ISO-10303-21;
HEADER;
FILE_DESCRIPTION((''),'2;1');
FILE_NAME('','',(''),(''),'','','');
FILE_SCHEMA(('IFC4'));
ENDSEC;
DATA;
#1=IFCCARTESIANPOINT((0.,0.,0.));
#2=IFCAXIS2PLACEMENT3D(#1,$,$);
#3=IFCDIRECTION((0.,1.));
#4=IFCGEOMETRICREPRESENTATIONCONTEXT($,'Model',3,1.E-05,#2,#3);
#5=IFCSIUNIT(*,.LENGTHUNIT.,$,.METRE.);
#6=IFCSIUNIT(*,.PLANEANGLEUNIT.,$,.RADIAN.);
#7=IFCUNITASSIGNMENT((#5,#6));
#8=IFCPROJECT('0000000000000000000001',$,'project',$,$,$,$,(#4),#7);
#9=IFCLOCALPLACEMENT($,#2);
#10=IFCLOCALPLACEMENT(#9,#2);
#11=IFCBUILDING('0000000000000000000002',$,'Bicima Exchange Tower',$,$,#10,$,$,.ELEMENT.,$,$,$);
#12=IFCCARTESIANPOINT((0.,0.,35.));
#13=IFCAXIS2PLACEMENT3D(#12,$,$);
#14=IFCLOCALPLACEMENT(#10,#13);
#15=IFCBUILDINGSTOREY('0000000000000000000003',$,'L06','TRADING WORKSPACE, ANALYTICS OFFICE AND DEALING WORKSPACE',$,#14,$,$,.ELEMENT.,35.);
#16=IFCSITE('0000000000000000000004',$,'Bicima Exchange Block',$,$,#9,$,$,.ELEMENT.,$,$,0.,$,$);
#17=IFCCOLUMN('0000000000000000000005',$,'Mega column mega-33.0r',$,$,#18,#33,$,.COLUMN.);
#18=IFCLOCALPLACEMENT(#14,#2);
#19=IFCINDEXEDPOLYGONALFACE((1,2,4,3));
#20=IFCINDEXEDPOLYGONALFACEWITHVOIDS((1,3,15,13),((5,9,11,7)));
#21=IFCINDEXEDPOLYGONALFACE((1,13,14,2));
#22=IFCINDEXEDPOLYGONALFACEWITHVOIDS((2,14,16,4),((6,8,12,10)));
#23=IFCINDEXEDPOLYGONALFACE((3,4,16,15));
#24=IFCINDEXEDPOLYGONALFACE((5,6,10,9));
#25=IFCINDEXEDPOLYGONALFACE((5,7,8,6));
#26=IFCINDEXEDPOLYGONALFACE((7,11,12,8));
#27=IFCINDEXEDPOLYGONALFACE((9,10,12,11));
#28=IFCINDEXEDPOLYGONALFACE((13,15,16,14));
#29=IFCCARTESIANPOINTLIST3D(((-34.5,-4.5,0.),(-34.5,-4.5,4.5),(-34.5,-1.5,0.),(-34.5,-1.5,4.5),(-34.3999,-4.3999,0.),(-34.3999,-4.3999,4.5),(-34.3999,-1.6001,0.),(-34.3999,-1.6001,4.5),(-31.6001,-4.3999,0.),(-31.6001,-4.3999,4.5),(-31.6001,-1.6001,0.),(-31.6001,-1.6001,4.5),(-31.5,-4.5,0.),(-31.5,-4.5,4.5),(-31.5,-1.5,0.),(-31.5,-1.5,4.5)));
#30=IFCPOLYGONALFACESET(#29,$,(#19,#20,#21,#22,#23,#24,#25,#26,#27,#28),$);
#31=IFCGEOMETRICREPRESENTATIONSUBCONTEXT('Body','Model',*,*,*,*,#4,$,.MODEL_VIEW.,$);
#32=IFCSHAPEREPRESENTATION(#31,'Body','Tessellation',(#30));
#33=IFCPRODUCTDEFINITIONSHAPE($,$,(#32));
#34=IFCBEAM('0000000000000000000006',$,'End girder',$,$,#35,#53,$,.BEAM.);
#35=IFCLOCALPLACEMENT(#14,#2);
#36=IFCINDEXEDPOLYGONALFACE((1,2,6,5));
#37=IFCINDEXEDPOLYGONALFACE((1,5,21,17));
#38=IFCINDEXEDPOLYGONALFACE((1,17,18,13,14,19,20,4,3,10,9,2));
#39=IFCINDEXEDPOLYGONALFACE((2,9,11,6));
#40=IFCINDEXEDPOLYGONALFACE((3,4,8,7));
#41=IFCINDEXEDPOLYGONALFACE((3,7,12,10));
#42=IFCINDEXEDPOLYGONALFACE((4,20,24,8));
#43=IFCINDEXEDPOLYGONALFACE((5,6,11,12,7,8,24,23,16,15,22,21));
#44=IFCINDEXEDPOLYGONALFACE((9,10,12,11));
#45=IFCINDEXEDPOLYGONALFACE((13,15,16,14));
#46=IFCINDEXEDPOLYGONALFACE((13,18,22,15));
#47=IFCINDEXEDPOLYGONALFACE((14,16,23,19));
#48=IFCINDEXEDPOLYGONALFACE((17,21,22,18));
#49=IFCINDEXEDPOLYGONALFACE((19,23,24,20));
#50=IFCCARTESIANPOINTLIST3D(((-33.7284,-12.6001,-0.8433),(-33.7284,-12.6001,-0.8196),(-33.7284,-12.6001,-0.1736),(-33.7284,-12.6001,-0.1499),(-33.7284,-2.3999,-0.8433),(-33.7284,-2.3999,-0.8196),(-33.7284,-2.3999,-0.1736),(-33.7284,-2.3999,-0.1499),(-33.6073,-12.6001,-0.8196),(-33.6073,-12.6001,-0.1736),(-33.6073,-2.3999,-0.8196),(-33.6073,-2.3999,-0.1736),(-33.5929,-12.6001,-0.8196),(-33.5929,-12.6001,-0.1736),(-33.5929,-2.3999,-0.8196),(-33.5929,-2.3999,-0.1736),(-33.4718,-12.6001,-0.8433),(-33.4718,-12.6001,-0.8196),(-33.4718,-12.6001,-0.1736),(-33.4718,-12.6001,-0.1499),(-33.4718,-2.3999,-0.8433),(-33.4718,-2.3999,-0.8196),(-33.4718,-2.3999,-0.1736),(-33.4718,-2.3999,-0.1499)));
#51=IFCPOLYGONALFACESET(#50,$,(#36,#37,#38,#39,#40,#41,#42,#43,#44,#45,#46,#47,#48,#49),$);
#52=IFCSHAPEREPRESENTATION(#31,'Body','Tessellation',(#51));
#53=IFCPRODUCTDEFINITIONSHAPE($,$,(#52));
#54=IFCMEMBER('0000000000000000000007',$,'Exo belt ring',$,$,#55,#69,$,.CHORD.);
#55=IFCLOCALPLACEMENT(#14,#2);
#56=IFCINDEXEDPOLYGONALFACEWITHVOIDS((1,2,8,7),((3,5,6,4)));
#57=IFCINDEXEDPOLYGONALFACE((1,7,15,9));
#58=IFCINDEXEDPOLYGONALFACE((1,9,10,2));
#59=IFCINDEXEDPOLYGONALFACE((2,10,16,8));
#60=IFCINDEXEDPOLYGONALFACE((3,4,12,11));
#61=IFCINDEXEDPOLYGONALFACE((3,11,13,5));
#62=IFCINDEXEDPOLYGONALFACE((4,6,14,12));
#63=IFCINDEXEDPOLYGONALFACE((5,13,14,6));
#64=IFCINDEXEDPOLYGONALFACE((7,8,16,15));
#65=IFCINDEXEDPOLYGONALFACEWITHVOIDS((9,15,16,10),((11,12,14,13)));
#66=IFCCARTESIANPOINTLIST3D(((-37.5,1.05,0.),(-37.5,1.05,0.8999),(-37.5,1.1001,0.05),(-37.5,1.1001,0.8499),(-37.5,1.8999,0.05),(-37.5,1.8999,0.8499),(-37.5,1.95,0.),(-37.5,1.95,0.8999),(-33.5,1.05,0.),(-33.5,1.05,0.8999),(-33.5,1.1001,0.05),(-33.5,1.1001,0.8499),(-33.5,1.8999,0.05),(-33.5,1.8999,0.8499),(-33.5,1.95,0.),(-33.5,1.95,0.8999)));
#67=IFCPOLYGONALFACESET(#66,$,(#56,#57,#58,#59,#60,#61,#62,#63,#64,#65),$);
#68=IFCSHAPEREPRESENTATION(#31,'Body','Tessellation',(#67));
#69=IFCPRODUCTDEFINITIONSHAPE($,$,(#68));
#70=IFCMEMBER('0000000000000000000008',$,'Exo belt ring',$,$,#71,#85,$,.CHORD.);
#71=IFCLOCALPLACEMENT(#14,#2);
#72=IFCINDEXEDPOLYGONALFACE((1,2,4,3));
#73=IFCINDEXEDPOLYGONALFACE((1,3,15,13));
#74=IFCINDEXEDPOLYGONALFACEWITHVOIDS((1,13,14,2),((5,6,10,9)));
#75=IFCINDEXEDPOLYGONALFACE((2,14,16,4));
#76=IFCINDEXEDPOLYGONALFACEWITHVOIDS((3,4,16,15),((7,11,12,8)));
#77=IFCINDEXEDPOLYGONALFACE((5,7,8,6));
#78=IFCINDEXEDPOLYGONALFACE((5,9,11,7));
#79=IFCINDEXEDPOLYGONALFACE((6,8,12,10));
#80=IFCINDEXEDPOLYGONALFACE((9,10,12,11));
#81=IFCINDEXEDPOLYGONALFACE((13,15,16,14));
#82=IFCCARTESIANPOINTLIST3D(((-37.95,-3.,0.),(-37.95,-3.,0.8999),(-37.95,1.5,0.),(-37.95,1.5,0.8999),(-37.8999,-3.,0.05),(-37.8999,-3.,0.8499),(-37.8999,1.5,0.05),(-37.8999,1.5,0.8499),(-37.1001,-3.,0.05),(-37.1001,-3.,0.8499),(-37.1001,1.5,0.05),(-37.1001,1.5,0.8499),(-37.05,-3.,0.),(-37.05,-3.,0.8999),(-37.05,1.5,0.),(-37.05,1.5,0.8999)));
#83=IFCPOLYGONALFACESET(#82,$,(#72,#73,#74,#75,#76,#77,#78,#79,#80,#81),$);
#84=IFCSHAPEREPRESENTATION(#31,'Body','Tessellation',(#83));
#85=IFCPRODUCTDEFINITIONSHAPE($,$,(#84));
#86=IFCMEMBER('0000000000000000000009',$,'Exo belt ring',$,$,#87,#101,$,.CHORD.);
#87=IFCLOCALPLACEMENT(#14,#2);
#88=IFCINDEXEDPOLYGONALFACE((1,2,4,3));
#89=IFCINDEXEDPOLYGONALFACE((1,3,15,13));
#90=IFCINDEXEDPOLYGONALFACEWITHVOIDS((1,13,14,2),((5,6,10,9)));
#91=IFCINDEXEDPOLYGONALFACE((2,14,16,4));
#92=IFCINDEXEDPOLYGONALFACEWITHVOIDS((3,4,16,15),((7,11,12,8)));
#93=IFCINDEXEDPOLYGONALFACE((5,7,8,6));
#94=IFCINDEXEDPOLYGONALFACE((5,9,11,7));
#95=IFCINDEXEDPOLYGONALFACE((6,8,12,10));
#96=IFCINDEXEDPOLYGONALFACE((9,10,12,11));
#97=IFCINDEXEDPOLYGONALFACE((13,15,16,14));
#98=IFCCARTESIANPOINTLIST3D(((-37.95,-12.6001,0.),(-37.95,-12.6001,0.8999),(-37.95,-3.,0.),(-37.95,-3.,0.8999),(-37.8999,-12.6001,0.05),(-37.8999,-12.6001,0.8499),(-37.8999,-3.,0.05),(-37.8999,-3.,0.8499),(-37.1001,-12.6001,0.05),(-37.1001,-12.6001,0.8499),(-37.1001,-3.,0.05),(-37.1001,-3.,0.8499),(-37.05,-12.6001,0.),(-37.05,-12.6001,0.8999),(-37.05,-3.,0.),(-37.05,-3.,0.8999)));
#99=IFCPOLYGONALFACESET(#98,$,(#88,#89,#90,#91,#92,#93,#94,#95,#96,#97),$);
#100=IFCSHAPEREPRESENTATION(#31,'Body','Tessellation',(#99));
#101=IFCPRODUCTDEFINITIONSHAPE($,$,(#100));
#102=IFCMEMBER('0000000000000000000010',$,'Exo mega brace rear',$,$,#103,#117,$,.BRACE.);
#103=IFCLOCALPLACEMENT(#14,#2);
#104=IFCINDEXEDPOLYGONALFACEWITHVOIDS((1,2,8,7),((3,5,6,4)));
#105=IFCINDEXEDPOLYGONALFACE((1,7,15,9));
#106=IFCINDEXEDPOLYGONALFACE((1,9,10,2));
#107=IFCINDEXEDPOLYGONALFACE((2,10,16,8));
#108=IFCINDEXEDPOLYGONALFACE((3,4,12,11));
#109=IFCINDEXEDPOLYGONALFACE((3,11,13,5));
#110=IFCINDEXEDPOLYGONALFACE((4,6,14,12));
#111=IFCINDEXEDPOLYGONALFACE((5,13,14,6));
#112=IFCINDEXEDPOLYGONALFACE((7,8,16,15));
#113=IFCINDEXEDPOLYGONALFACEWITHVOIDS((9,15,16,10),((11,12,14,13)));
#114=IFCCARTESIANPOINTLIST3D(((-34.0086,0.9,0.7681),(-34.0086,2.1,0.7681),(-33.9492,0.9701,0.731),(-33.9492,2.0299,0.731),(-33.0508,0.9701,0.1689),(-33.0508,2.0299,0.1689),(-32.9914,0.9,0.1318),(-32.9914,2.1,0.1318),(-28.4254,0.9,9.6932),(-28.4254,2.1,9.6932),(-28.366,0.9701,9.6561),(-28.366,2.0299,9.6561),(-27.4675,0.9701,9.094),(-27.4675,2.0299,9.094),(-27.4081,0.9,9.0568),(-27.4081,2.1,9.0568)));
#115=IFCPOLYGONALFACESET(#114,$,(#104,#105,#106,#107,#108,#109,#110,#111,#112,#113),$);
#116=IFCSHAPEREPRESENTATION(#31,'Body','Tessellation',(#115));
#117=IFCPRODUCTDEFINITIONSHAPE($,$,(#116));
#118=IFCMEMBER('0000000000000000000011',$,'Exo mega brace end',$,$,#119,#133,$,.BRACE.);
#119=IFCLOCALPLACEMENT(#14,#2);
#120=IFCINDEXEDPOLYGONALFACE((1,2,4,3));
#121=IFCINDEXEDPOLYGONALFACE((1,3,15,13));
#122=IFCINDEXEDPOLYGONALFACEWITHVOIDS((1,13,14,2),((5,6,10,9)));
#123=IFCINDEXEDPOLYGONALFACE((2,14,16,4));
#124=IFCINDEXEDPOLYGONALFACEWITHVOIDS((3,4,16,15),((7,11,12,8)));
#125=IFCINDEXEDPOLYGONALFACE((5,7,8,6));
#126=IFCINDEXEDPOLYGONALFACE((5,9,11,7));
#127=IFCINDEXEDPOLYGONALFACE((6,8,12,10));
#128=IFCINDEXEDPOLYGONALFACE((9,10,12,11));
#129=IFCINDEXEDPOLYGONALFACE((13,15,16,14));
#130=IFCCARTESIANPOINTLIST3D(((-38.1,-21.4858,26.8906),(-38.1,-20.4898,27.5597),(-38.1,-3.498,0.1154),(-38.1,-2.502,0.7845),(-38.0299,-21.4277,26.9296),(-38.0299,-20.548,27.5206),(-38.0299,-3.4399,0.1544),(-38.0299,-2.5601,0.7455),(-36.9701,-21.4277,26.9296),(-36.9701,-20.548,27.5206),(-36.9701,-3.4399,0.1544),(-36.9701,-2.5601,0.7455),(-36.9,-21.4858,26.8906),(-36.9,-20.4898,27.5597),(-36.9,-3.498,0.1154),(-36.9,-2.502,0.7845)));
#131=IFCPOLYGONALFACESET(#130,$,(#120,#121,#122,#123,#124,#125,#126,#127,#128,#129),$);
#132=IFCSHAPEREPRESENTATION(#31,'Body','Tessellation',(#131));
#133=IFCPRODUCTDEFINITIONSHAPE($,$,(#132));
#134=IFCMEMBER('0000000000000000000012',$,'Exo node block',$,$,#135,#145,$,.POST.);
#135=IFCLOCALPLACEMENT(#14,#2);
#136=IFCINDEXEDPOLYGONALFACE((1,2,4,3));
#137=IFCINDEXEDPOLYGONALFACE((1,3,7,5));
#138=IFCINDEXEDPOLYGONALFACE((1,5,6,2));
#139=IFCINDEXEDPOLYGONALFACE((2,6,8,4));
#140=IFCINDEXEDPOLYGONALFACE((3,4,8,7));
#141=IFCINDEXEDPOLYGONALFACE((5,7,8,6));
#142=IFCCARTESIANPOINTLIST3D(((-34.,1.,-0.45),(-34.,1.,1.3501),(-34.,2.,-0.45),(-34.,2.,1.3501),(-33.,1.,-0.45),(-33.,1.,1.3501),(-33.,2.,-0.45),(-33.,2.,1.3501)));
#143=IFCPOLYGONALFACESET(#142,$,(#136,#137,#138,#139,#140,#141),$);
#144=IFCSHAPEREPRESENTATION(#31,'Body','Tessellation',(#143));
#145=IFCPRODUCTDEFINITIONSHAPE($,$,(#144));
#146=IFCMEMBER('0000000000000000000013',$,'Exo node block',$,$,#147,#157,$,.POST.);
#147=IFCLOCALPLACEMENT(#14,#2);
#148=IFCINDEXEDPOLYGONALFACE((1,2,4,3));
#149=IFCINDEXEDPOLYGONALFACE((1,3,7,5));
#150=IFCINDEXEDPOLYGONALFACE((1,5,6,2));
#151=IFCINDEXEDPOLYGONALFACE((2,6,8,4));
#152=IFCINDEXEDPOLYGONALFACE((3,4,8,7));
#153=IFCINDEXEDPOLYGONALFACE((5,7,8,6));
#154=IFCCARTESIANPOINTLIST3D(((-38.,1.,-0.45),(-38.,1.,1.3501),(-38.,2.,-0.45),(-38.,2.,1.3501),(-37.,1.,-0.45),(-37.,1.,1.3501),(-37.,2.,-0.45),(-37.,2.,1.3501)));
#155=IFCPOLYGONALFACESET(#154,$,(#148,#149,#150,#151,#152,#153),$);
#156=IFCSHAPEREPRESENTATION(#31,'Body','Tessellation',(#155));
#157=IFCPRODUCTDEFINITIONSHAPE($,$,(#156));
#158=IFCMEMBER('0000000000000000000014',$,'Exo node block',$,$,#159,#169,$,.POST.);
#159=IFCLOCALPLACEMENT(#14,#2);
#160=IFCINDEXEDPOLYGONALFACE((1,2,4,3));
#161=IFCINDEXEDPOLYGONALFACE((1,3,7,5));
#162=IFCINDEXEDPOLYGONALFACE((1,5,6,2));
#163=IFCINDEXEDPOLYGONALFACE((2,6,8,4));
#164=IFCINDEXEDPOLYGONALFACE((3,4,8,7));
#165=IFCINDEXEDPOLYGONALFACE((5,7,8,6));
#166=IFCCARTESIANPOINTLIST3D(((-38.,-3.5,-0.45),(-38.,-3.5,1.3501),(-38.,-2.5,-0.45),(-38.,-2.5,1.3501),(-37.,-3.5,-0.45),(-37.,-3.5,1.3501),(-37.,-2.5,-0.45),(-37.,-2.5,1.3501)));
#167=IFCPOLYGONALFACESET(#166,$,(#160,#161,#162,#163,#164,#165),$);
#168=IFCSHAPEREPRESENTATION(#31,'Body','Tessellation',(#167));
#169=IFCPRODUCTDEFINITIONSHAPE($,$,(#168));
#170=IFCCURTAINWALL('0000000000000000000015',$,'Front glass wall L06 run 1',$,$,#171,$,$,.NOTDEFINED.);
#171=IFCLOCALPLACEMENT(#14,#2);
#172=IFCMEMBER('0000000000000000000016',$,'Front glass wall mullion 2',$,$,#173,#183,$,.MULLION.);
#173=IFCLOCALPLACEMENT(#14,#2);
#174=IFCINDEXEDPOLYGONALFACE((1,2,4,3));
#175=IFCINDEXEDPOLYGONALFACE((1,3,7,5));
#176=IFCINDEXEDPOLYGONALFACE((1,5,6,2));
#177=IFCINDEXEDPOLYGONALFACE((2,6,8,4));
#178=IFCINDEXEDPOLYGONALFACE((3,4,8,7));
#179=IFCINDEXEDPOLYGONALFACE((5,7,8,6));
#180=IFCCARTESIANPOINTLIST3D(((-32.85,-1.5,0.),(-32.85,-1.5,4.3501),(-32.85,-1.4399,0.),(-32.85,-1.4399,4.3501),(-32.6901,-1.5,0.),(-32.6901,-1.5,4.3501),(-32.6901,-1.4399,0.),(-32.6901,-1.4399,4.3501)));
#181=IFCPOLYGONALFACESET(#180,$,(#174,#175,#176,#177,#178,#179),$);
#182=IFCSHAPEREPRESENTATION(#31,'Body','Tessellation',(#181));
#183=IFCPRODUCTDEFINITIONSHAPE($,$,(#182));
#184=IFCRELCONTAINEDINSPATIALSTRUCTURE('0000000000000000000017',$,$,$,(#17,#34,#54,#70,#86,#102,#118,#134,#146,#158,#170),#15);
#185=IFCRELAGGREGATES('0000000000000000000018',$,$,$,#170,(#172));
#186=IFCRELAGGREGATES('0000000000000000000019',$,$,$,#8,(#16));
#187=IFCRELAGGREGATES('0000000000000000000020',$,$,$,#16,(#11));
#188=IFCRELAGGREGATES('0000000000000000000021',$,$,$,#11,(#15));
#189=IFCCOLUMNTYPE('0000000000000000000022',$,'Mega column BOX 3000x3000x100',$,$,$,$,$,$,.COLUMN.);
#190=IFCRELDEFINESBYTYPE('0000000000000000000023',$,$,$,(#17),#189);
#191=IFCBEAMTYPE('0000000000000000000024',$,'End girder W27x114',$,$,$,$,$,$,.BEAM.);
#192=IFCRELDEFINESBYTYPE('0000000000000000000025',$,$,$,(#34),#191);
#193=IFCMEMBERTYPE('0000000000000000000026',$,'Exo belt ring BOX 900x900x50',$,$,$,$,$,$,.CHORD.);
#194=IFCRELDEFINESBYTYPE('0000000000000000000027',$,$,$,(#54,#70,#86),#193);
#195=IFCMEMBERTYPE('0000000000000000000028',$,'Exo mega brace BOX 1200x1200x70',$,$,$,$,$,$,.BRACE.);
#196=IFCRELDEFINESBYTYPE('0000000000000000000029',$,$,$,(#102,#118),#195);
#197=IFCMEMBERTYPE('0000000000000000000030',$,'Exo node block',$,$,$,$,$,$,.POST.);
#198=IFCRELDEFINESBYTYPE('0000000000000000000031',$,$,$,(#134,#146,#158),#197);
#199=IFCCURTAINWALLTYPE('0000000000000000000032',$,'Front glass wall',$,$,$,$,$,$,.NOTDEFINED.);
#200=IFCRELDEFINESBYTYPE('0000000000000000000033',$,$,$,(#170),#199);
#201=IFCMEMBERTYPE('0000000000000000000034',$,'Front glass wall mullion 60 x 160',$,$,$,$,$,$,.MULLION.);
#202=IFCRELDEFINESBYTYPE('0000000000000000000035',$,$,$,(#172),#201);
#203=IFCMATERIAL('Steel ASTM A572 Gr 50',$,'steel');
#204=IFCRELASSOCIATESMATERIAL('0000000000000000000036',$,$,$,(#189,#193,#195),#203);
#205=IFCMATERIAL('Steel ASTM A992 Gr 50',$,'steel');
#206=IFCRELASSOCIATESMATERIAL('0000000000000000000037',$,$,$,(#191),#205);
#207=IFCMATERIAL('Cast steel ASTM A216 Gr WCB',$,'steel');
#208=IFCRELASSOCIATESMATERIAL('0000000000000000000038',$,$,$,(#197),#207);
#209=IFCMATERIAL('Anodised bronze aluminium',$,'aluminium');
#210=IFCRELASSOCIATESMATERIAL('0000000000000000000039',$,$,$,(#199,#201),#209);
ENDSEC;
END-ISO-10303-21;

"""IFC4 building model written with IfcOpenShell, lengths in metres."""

from ifc_helpers import new_model, si_unit, direction, frame, origin, origin_2d, place, context, subcontext, project, spatial, rectangle, hollow_rectangle, i_section, extrude, material, material_profile, profile_set, type_object, element, aggregate, save


model = new_model("IFC4")

# Units and contexts
model_context = context("Model", 3, precision=1e-05, world=origin(), true_north=direction((0.0, 1.0)))
body_context = subcontext(model_context, "Body", "Model", "MODEL_VIEW")
ifc_project = project(units=[si_unit("LENGTHUNIT", "METRE"), si_unit("PLANEANGLEUNIT", "RADIAN")], contexts=[model_context])

# Site, building, storey
site_placement = place(None, origin())
site = spatial("IfcSite", under=ifc_project, at=site_placement, Name="Bicima Exchange Block", CompositionType="ELEMENT", RefElevation=0.0)
building_placement = place(site_placement, origin())
building = spatial("IfcBuilding", under=site, at=building_placement, Name="Bicima Exchange Tower", CompositionType="ELEMENT")
storey_placement = place(building_placement, frame((0.0, 0.0, 35.0)))
storey = spatial("IfcBuildingStorey", under=building, at=storey_placement, Name="L06", Description="TRADING WORKSPACE, ANALYTICS OFFICE AND DEALING WORKSPACE", CompositionType="ELEMENT", Elevation=35.0)

# Column
ifc_material_1 = material(Name="Steel ASTM A572 Gr 50", Category="steel")
ifc_material_profile_1 = material_profile(ifc_material_1, hollow_rectangle(XDim=3.0, YDim=3.0, WallThickness=0.1001, at=origin_2d()))
ifc_profile_set_1 = profile_set([ifc_material_profile_1], Name="Steel ASTM A572 Gr 50")
column_type = type_object("IfcColumnType", Name="Mega column BOX 3000x3000x100", PredefinedType="COLUMN", material=ifc_profile_set_1)
column_placement = place(storey_placement, frame((-33.0, -3.0, 0.0), z_axis=(0.0, 0.0, 1.0), x_axis=(1.0, 0.0, 0.0)))
element("IfcColumn", 1, at=column_placement, inside=storey, type_object=column_type, Name="Mega column mega-33.0r", PredefinedType="COLUMN", context=body_context, shape_type="SweptSolid", body=[
    extrude(hollow_rectangle(XDim=3.0, YDim=3.0, WallThickness=0.1001, at=origin_2d()), origin(), (0.0, 0.0, 1.0), 4.5),
])

# Beam
ifc_material_2 = material(Name="Steel ASTM A992 Gr 50", Category="steel")
ifc_material_profile_2 = material_profile(ifc_material_2, i_section(OverallWidth=0.2566, OverallDepth=0.6934, WebThickness=0.0144, FlangeThickness=0.0237, at=origin_2d()))
ifc_profile_set_2 = profile_set([ifc_material_profile_2], Name="Steel ASTM A992 Gr 50")
beam_type = type_object("IfcBeamType", Name="End girder W27x114", PredefinedType="BEAM", material=ifc_profile_set_2)
beam_placement = place(storey_placement, frame((-33.6001, -2.3999, -0.4966), z_axis=(0.0, -1.0, 0.0), x_axis=(1.0, 0.0, 0.0)))
element("IfcBeam", 2, at=beam_placement, inside=storey, type_object=beam_type, Name="End girder", PredefinedType="BEAM", context=body_context, shape_type="SweptSolid", body=[
    extrude(i_section(OverallWidth=0.2566, OverallDepth=0.6934, WebThickness=0.0144, FlangeThickness=0.0237, at=origin_2d()), origin(), (0.0, 0.0, 1.0), 10.2002),
])

# Members
ifc_material_profile_3 = material_profile(ifc_material_1, hollow_rectangle(XDim=0.8999, YDim=0.8999, WallThickness=0.05, at=origin_2d()))
ifc_profile_set_3 = profile_set([ifc_material_profile_3], Name="Steel ASTM A572 Gr 50")
member_type_1 = type_object("IfcMemberType", Name="Exo belt ring BOX 900x900x50", PredefinedType="CHORD", material=ifc_profile_set_3)
member_1_placement = place(storey_placement, frame((-33.5, 1.5, 0.45), z_axis=(-1.0, 0.0, 0.0), x_axis=(0.0, -1.0, 0.0)))
element("IfcMember", 3, at=member_1_placement, inside=storey, type_object=member_type_1, Name="Exo belt ring", PredefinedType="CHORD", context=body_context, shape_type="SweptSolid", body=[
    extrude(hollow_rectangle(XDim=0.8999, YDim=0.8999, WallThickness=0.05, at=origin_2d()), origin(), (0.0, 0.0, 1.0), 4.0),
])
member_2_placement = place(storey_placement, frame((-37.5, 1.5, 0.45), z_axis=(0.0, -1.0, 0.0), x_axis=(1.0, 0.0, 0.0)))
element("IfcMember", 4, at=member_2_placement, inside=storey, type_object=member_type_1, Name="Exo belt ring", PredefinedType="CHORD", context=body_context, shape_type="SweptSolid", body=[
    extrude(hollow_rectangle(XDim=0.8999, YDim=0.8999, WallThickness=0.05, at=origin_2d()), origin(), (0.0, 0.0, 1.0), 4.5),
])
member_3_placement = place(storey_placement, frame((-37.5, -3.0, 0.45), z_axis=(0.0, -1.0, 0.0), x_axis=(1.0, 0.0, 0.0)))
element("IfcMember", 5, at=member_3_placement, inside=storey, type_object=member_type_1, Name="Exo belt ring", PredefinedType="CHORD", context=body_context, shape_type="SweptSolid", body=[
    extrude(hollow_rectangle(XDim=0.8999, YDim=0.8999, WallThickness=0.05, at=origin_2d()), origin(), (0.0, 0.0, 1.0), 9.6001),
])
ifc_material_profile_4 = material_profile(ifc_material_1, hollow_rectangle(XDim=1.2, YDim=1.2, WallThickness=0.0701, at=origin_2d()))
ifc_profile_set_4 = profile_set([ifc_material_profile_4], Name="Steel ASTM A572 Gr 50")
member_type_2 = type_object("IfcMemberType", Name="Exo mega brace BOX 1200x1200x70", PredefinedType="BRACE", material=ifc_profile_set_4)
member_4_placement = place(storey_placement, frame((-33.5, 1.5, 0.45), z_axis=(0.530347, 0.0, 0.847781), x_axis=(0.0, 1.0, 0.0)))
element("IfcMember", 6, at=member_4_placement, inside=storey, type_object=member_type_2, Name="Exo mega brace rear", PredefinedType="BRACE", context=body_context, shape_type="SweptSolid", body=[
    extrude(hollow_rectangle(XDim=1.2, YDim=1.2, WallThickness=0.0701, at=origin_2d()), origin(), (0.0, 0.0, 1.0), 10.5276),
])
member_5_placement = place(storey_placement, frame((-37.5, -3.0, 0.45), z_axis=(0.0, -0.557652, 0.830075), x_axis=(1.0, 0.0, 0.0)))
element("IfcMember", 7, at=member_5_placement, inside=storey, type_object=member_type_2, Name="Exo mega brace end", PredefinedType="BRACE", context=body_context, shape_type="SweptSolid", body=[
    extrude(hollow_rectangle(XDim=1.2, YDim=1.2, WallThickness=0.0701, at=origin_2d()), origin(), (0.0, 0.0, 1.0), 32.2563),
])
ifc_material_3 = material(Name="Cast steel ASTM A216 Gr WCB", Category="steel")
ifc_material_profile_5 = material_profile(ifc_material_3, rectangle(XDim=1.0, YDim=1.0, at=origin_2d()))
ifc_profile_set_5 = profile_set([ifc_material_profile_5], Name="Cast steel ASTM A216 Gr WCB")
member_type_3 = type_object("IfcMemberType", Name="Exo node block", PredefinedType="POST", material=ifc_profile_set_5)
for number, where, z_axis, x_axis, name in (
    (8, (-33.5, 1.5, -0.45), (0.0, 0.0, 1.0), (1.0, 0.0, 0.0), "Exo node block"),
    (9, (-37.5, 1.5, -0.45), (0.0, 0.0, 1.0), (1.0, 0.0, 0.0), "Exo node block"),
    (10, (-37.5, -3.0, -0.45), (0.0, 0.0, 1.0), (1.0, 0.0, 0.0), "Exo node block"),
):
    element("IfcMember", number, at=place(storey_placement, frame(where, z_axis=z_axis, x_axis=x_axis)), inside=storey, type_object=member_type_3, Name=name, PredefinedType="POST", context=body_context, shape_type="SweptSolid", body=[
        extrude(rectangle(XDim=1.0, YDim=1.0, at=origin_2d()), origin(), (0.0, 0.0, 1.0), 1.8),
    ])

# Curtain wall, member
ifc_material_4 = material(Name="Anodised bronze aluminium", Category="aluminium")
curtain_wall_type = type_object("IfcCurtainWallType", Name="Front glass wall", PredefinedType="NOTDEFINED", material=ifc_material_4)
curtain_wall_placement = place(storey_placement, origin())
curtain_wall = element("IfcCurtainWall", 11, at=curtain_wall_placement, inside=storey, type_object=curtain_wall_type, Name="Front glass wall L06 run 1", PredefinedType="NOTDEFINED")
ifc_material_profile_6 = material_profile(ifc_material_4, rectangle(XDim=0.1599, YDim=0.0601, at=origin_2d()))
ifc_profile_set_6 = profile_set([ifc_material_profile_6], Name="Anodised bronze aluminium")
member_type_4 = type_object("IfcMemberType", Name="Front glass wall mullion 60 x 160", PredefinedType="MULLION", material=ifc_profile_set_6)
member_6_placement = place(storey_placement, frame((-32.77, -1.47, 0.0), z_axis=(0.0, 0.0, 1.0), x_axis=(1.0, 0.0, 0.0)))
member_6 = element("IfcMember", 12, at=member_6_placement, type_object=member_type_4, Name="Front glass wall mullion 2", PredefinedType="MULLION", context=body_context, shape_type="SweptSolid", body=[
    extrude(rectangle(XDim=0.1599, YDim=0.0601, at=origin_2d()), origin(), (0.0, 0.0, 1.0), 4.3501),
])
aggregate(curtain_wall, [member_6])

save(model, "model.ifc")
